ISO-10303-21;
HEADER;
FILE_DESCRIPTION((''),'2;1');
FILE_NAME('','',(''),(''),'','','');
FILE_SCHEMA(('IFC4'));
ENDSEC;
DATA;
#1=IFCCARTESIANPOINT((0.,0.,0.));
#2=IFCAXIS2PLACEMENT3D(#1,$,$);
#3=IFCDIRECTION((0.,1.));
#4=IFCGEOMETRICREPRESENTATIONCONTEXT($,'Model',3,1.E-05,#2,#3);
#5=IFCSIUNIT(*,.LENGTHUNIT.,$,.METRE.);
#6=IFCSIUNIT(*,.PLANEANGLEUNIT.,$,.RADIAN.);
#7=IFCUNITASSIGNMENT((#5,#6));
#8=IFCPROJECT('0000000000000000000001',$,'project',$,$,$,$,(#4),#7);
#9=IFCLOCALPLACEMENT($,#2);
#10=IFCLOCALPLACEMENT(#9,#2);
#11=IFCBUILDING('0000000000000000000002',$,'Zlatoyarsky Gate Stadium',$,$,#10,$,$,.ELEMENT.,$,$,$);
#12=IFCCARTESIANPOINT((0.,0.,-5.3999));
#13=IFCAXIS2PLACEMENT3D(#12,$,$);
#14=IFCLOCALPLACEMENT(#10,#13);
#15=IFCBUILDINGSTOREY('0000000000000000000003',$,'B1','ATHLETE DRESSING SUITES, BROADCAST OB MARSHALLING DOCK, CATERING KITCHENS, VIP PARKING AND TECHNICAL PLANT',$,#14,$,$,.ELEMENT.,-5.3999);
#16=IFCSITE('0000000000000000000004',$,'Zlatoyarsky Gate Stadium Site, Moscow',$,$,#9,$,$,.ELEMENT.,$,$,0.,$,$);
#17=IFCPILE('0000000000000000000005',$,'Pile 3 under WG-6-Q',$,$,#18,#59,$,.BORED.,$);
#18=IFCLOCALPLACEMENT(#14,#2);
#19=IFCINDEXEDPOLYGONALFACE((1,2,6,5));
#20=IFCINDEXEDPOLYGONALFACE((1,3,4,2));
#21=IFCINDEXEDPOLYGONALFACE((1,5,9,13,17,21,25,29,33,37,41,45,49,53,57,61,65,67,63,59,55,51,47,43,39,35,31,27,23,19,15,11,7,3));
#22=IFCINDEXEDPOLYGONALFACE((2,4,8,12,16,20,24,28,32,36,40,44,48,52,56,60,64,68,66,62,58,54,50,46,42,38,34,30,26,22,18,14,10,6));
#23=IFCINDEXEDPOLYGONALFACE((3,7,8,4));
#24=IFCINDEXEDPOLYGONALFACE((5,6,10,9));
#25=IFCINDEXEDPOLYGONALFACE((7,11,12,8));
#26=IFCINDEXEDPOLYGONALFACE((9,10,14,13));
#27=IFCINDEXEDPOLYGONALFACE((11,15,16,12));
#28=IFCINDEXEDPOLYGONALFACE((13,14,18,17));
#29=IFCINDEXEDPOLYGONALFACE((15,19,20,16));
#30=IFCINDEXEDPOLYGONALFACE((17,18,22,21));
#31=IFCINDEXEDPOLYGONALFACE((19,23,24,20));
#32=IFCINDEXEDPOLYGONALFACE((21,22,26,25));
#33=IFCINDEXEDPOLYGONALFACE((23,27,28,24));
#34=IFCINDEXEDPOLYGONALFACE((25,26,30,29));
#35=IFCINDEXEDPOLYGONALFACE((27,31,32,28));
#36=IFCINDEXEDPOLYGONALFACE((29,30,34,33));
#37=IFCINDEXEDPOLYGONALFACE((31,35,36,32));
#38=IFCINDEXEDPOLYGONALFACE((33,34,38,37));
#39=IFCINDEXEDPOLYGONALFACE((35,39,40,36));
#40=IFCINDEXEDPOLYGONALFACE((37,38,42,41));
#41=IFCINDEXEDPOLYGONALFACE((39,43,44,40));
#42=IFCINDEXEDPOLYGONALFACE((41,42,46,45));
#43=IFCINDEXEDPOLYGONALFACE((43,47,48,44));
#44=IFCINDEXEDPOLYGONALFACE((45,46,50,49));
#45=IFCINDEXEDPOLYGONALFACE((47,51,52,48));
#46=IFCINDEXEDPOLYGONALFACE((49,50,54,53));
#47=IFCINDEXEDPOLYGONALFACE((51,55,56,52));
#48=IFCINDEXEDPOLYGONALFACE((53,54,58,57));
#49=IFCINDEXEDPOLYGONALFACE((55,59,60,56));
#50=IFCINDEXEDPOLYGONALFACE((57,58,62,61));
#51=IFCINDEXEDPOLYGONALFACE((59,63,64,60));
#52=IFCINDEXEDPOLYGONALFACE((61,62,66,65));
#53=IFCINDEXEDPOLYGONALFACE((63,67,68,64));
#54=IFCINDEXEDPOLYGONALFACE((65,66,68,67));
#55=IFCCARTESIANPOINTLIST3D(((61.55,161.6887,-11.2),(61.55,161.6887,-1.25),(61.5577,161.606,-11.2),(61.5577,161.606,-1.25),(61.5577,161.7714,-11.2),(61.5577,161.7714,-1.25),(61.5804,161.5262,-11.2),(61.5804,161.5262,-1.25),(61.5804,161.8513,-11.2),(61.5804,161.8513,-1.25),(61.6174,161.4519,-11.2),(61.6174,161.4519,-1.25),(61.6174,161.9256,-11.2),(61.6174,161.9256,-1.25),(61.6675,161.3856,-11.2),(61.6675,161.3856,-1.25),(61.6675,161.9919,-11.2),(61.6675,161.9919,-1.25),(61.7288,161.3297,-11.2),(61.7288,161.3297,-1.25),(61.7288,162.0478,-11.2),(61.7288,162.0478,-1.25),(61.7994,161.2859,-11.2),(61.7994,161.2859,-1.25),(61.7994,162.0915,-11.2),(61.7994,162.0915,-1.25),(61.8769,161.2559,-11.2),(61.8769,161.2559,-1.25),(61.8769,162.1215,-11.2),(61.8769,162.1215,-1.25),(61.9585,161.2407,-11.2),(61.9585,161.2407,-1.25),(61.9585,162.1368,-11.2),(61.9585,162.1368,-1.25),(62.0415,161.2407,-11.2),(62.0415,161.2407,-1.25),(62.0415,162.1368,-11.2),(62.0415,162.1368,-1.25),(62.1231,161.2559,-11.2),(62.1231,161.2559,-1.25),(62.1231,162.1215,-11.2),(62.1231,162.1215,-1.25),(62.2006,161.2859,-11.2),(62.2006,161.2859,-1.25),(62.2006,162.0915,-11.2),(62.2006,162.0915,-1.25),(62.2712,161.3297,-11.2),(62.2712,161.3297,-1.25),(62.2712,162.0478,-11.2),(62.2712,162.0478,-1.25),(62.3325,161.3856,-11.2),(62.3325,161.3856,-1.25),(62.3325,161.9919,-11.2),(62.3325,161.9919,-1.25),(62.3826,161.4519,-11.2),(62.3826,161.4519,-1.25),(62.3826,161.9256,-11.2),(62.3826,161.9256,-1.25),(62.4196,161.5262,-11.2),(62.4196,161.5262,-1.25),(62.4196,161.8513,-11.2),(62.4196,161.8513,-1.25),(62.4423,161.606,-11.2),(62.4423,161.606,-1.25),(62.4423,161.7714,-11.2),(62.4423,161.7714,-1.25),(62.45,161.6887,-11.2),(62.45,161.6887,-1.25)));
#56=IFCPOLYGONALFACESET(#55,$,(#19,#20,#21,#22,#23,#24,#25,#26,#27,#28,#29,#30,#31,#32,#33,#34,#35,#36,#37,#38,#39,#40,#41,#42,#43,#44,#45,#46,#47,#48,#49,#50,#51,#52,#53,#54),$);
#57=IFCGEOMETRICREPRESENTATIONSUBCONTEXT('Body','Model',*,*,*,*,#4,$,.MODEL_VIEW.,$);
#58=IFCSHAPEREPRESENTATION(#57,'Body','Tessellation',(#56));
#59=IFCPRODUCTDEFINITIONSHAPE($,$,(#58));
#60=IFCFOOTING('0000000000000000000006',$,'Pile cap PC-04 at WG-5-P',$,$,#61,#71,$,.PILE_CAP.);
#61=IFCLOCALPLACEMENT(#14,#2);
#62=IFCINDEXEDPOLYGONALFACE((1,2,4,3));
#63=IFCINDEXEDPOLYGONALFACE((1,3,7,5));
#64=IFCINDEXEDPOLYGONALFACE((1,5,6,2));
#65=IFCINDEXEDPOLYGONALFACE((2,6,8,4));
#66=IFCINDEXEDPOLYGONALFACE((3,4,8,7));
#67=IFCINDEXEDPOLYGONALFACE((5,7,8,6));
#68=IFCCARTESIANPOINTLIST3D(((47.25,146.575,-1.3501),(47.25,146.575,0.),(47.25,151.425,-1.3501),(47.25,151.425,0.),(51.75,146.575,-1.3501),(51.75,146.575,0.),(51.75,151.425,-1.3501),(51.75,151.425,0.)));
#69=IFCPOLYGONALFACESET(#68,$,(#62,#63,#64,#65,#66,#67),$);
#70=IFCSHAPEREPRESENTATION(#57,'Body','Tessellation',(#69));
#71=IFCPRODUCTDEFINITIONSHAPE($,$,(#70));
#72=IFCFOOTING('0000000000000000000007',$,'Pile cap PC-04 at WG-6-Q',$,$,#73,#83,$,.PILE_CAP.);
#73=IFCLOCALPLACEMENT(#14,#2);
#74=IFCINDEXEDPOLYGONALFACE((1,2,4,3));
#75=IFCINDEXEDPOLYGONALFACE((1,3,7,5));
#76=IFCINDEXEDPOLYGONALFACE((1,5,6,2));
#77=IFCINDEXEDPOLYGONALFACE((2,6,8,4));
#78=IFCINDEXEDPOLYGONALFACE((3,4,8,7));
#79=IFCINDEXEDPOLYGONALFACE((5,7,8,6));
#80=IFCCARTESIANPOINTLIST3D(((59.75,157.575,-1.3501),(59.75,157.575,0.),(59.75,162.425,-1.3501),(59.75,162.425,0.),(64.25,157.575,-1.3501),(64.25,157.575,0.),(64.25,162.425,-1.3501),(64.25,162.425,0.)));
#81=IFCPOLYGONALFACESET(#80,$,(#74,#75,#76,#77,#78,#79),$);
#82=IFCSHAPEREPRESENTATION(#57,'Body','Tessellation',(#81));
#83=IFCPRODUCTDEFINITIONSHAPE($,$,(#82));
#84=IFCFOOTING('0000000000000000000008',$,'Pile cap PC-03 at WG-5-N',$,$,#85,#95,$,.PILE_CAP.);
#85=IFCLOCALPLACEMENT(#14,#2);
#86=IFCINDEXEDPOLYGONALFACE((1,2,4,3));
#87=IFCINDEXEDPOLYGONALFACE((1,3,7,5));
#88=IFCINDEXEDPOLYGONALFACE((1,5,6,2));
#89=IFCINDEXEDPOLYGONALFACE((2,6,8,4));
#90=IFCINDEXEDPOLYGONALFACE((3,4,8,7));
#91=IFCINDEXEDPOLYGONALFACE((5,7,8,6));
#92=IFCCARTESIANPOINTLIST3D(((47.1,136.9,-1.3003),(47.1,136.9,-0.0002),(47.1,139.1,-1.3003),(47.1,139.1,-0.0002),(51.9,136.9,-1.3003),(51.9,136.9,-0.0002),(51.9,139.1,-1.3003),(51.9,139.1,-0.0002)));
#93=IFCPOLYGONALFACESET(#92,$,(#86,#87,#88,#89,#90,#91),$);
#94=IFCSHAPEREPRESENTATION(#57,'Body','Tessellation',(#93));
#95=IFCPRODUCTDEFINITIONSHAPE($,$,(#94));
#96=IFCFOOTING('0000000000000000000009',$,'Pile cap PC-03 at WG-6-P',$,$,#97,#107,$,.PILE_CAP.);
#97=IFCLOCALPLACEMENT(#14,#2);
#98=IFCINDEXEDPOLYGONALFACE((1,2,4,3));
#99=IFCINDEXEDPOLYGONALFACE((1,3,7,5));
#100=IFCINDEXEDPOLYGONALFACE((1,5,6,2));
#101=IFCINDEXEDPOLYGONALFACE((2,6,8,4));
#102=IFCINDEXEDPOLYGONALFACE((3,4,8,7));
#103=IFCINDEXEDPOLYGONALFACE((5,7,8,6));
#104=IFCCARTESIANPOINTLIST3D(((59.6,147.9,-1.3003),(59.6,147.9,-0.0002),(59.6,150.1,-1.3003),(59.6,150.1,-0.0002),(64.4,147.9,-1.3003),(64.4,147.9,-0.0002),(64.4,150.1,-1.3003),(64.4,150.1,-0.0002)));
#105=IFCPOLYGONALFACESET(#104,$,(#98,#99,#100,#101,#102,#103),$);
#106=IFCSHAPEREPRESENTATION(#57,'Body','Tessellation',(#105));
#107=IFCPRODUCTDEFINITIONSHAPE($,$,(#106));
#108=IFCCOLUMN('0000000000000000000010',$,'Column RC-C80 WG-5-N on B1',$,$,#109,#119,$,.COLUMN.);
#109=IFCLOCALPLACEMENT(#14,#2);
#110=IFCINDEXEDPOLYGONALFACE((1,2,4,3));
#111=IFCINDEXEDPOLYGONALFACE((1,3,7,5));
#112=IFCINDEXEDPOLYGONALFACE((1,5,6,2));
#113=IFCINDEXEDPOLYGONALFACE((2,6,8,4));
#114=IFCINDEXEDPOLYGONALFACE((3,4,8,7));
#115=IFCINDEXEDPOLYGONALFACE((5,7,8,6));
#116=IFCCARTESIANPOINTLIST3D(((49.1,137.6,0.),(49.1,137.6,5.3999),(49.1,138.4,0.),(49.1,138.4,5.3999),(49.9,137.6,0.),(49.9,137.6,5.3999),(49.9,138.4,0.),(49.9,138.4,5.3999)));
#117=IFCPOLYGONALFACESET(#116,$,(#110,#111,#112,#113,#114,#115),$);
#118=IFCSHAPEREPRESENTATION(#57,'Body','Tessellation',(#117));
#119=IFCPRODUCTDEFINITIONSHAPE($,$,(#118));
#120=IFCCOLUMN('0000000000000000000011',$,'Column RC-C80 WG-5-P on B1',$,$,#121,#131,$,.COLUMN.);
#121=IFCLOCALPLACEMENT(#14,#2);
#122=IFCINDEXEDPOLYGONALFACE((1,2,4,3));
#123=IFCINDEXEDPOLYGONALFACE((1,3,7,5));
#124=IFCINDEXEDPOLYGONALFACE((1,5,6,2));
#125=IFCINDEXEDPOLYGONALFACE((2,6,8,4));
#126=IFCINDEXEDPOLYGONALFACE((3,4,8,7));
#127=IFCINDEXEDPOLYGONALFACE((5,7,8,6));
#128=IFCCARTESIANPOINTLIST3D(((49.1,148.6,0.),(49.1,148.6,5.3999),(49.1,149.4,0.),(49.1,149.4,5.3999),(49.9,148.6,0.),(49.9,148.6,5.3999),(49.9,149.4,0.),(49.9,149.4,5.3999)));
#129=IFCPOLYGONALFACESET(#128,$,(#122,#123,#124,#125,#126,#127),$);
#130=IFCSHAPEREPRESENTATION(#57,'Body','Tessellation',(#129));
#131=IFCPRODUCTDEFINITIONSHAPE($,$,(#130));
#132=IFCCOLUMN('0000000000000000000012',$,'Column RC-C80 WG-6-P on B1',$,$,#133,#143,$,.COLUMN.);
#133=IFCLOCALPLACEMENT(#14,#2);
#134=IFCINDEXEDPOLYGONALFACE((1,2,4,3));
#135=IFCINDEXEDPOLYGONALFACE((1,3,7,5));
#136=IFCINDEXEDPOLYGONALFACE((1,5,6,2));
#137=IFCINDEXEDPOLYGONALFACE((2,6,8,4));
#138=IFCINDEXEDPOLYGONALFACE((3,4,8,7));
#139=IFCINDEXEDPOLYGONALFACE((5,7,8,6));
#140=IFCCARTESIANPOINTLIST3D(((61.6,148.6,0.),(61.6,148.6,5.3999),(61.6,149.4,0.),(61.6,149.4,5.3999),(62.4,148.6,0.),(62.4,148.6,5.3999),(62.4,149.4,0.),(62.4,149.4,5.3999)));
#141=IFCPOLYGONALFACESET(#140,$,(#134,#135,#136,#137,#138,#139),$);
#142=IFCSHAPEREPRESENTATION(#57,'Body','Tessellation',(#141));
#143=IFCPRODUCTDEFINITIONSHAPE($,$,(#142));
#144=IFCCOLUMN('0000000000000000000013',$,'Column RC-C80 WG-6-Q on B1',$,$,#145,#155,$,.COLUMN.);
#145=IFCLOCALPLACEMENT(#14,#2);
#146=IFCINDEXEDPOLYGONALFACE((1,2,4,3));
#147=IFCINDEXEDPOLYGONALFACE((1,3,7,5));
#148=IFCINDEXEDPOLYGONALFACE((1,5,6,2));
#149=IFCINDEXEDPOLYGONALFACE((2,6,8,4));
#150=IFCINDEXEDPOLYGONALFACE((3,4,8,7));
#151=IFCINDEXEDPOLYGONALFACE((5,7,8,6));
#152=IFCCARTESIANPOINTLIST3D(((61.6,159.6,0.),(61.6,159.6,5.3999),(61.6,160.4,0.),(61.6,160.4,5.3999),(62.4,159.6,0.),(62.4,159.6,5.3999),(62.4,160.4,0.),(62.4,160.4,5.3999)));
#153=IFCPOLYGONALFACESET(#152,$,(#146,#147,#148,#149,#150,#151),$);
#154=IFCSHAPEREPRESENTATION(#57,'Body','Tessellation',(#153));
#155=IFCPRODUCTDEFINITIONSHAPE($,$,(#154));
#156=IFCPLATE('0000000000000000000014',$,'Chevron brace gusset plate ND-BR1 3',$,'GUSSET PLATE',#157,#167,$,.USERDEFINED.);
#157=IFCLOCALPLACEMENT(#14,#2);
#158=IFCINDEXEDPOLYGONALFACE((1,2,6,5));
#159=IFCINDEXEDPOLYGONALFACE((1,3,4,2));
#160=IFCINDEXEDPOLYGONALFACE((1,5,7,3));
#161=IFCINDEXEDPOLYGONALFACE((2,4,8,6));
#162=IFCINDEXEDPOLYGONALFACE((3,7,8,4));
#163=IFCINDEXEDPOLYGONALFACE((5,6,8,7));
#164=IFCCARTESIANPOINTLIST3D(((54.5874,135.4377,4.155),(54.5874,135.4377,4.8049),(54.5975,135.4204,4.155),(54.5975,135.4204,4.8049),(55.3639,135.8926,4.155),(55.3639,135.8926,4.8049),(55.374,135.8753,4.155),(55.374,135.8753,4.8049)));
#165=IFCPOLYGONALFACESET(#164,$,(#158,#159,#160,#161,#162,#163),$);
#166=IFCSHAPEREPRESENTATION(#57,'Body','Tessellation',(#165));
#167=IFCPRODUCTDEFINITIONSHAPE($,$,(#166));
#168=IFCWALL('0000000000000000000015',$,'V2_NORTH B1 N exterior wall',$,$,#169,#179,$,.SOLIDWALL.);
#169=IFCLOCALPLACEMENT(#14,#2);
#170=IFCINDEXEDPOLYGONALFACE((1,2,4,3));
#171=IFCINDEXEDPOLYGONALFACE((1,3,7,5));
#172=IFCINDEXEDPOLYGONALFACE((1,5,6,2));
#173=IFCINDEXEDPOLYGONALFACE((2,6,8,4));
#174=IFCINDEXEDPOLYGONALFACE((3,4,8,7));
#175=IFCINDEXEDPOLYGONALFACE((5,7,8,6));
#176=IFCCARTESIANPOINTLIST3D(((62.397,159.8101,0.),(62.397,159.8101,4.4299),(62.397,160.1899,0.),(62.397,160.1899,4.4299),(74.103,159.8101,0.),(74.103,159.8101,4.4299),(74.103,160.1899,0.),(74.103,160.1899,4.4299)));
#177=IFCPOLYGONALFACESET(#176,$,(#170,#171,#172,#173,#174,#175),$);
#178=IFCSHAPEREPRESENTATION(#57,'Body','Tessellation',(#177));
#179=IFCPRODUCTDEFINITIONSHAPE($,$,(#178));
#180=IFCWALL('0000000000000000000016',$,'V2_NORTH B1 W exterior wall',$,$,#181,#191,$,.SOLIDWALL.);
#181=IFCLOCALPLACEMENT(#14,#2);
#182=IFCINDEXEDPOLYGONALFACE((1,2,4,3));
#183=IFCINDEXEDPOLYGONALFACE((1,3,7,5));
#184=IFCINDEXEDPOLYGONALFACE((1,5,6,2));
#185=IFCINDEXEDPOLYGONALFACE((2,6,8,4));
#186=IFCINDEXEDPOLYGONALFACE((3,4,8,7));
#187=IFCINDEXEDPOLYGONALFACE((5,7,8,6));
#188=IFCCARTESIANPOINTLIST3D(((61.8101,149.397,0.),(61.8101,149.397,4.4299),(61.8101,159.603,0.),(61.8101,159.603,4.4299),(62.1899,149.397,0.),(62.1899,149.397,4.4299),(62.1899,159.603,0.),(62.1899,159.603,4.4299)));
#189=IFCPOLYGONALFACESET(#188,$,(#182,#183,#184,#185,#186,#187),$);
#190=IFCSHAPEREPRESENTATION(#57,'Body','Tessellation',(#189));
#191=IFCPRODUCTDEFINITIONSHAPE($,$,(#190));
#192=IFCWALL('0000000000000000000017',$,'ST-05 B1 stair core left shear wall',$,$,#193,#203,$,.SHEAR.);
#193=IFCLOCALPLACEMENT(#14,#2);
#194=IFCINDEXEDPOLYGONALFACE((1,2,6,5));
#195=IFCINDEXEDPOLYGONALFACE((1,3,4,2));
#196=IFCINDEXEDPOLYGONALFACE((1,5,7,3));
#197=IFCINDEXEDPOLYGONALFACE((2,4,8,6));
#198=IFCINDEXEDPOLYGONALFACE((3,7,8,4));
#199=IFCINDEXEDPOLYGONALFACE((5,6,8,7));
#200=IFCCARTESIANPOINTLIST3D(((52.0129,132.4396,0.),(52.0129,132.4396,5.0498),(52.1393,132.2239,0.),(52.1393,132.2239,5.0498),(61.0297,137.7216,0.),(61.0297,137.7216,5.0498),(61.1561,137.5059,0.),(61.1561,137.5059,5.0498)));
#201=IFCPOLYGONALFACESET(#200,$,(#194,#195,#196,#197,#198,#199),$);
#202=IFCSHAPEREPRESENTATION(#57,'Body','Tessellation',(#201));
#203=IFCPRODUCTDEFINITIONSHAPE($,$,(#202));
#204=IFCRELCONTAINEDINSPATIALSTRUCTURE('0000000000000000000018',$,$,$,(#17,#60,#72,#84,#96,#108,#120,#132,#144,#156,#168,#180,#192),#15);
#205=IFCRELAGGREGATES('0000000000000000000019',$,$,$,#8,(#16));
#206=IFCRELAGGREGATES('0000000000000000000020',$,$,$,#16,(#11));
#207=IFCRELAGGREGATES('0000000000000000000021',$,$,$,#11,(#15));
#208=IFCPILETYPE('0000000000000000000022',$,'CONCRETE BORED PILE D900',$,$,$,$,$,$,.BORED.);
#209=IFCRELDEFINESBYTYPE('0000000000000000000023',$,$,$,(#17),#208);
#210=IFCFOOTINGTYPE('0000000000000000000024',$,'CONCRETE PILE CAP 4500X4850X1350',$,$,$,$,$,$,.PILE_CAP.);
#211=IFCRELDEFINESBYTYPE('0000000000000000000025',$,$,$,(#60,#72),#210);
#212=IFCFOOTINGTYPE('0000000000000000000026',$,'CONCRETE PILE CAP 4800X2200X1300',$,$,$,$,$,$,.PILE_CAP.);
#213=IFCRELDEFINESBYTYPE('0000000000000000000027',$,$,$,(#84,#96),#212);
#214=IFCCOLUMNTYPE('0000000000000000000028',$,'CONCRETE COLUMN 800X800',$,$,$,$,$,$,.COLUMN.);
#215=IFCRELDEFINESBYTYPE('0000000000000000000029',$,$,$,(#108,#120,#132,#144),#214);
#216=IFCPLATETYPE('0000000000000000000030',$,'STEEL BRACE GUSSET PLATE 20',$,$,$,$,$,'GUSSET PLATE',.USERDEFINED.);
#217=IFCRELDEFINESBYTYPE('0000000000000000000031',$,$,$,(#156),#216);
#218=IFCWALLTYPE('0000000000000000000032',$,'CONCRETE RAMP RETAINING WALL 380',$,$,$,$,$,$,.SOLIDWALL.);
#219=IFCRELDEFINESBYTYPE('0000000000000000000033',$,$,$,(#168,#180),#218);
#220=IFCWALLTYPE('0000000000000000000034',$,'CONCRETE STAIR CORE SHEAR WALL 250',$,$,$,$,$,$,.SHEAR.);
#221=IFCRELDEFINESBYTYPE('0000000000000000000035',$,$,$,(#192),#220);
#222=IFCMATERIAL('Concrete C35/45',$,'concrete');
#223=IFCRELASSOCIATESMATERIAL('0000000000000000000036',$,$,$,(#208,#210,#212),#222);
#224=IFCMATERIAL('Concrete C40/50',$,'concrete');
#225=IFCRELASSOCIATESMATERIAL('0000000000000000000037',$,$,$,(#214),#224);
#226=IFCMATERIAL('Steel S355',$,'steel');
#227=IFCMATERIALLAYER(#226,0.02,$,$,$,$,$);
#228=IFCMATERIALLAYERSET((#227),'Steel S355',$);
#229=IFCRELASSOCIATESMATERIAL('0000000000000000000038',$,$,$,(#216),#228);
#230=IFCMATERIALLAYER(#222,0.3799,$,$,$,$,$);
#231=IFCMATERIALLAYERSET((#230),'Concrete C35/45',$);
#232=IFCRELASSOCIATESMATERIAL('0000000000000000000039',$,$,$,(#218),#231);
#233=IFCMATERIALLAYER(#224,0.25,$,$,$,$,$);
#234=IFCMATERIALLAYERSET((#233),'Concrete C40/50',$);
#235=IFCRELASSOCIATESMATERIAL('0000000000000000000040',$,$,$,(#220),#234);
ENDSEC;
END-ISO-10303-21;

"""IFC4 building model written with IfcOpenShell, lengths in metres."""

from ifc_helpers import new_model, si_unit, direction, frame, frame_2d, origin, origin_2d, place, context, subcontext, project, spatial, rectangle, circle, extrude, material, layer, layer_set, material_profile, profile_set, type_object, element, save


model = new_model("IFC4")

# Units and contexts
model_context = context("Model", 3, precision=1e-05, world=origin(), true_north=direction((0.0, 1.0)))
body_context = subcontext(model_context, "Body", "Model", "MODEL_VIEW")
ifc_project = project(units=[si_unit("LENGTHUNIT", "METRE"), si_unit("PLANEANGLEUNIT", "RADIAN")], contexts=[model_context])

# Site, building, storey
site_placement = place(None, origin())
site = spatial("IfcSite", under=ifc_project, at=site_placement, Name="Zlatoyarsky Gate Stadium Site, Moscow", CompositionType="ELEMENT", RefElevation=0.0)
building_placement = place(site_placement, origin())
building = spatial("IfcBuilding", under=site, at=building_placement, Name="Zlatoyarsky Gate Stadium", CompositionType="ELEMENT")
storey_placement = place(building_placement, frame((0.0, 0.0, -5.3999)))
storey = spatial("IfcBuildingStorey", under=building, at=storey_placement, Name="B1", Description="ATHLETE DRESSING SUITES, BROADCAST OB MARSHALLING DOCK, CATERING KITCHENS, VIP PARKING AND TECHNICAL PLANT", CompositionType="ELEMENT", Elevation=-5.3999)

# Pile
ifc_material_1 = material(Name="Concrete C35/45", Category="concrete")
ifc_material_profile_1 = material_profile(ifc_material_1, circle(Radius=0.45, at=origin_2d()), Name="BORED PILE D900")
ifc_profile_set_1 = profile_set([ifc_material_profile_1], Name="Concrete C35/45")
pile_type_1 = type_object("IfcPileType", Name="CONCRETE BORED PILE D900", PredefinedType="BORED", material=ifc_profile_set_1)
for number, where, z_axis, x_axis, name in (
    (1, (62.0, 161.6887, -1.25), (0.0, 0.0, -1.0), (1.0, 0.0, 0.0), "Pile 3 under WG-6-Q"),
):
    element("IfcPile", number, at=place(storey_placement, frame(where, z_axis=z_axis, x_axis=x_axis)), inside=storey, type_object=pile_type_1, Name=name, PredefinedType="BORED", context=body_context, shape_type="SweptSolid", body=[
        extrude(circle(Radius=0.45, at=origin_2d()), origin(), (0.0, 0.0, 1.0), 9.95),
    ])

# Footings
footing_type_1 = type_object("IfcFootingType", Name="CONCRETE PILE CAP 4500X4850X1350", PredefinedType="PILE_CAP", material=ifc_material_1)
for number, where, z_axis, x_axis, name in (
    (2, (49.5, 149.0, -1.3501), (0.0, 0.0, 1.0), (1.0, 0.0, 0.0), "Pile cap PC-04 at WG-5-P"),
    (3, (62.0, 160.0, -1.3501), (0.0, 0.0, 1.0), (1.0, 0.0, 0.0), "Pile cap PC-04 at WG-6-Q"),
):
    element("IfcFooting", number, at=place(storey_placement, frame(where, z_axis=z_axis, x_axis=x_axis)), inside=storey, type_object=footing_type_1, Name=name, PredefinedType="PILE_CAP", context=body_context, shape_type="SweptSolid", body=[
        extrude(rectangle(XDim=4.5, YDim=4.8501, at=origin_2d()), origin(), (0.0, 0.0, 1.0), 1.3501),
    ])
footing_type_2 = type_object("IfcFootingType", Name="CONCRETE PILE CAP 4800X2200X1300", PredefinedType="PILE_CAP", material=ifc_material_1)
for number, where, z_axis, x_axis, name in (
    (4, (49.5, 138.0, -1.3003), (0.0, 0.0, 1.0), (1.0, 0.0, 0.0), "Pile cap PC-03 at WG-5-N"),
    (5, (62.0, 149.0, -1.3003), (0.0, 0.0, 1.0), (1.0, 0.0, 0.0), "Pile cap PC-03 at WG-6-P"),
):
    element("IfcFooting", number, at=place(storey_placement, frame(where, z_axis=z_axis, x_axis=x_axis)), inside=storey, type_object=footing_type_2, Name=name, PredefinedType="PILE_CAP", context=body_context, shape_type="SweptSolid", body=[
        extrude(rectangle(XDim=4.8, YDim=2.2, at=origin_2d()), origin(), (0.0, 0.0, 1.0), 1.3),
    ])

# Columns
ifc_material_2 = material(Name="Concrete C40/50", Category="concrete")
ifc_material_profile_2 = material_profile(ifc_material_2, rectangle(XDim=0.8, YDim=0.8, at=origin_2d()), Name="RC COL 800X800")
ifc_profile_set_2 = profile_set([ifc_material_profile_2], Name="Concrete C40/50")
column_type = type_object("IfcColumnType", Name="CONCRETE COLUMN 800X800", PredefinedType="COLUMN", material=ifc_profile_set_2)
for number, where, z_axis, x_axis, name in (
    (6, (49.5, 138.0, 0.0), (0.0, 0.0, 1.0), (1.0, 0.0, 0.0), "Column RC-C80 WG-5-N on B1"),
    (7, (49.5, 149.0, 0.0), (0.0, 0.0, 1.0), (1.0, 0.0, 0.0), "Column RC-C80 WG-5-P on B1"),
    (8, (62.0, 149.0, 0.0), (0.0, 0.0, 1.0), (1.0, 0.0, 0.0), "Column RC-C80 WG-6-P on B1"),
    (9, (62.0, 160.0, 0.0), (0.0, 0.0, 1.0), (1.0, 0.0, 0.0), "Column RC-C80 WG-6-Q on B1"),
):
    element("IfcColumn", number, at=place(storey_placement, frame(where, z_axis=z_axis, x_axis=x_axis)), inside=storey, type_object=column_type, Name=name, PredefinedType="COLUMN", context=body_context, shape_type="SweptSolid", body=[
        extrude(rectangle(XDim=0.8, YDim=0.8, at=origin_2d()), origin(), (0.0, 0.0, 1.0), 5.3999),
    ])

# Plate
ifc_material_3 = material(Name="Steel S355", Category="steel")
ifc_layer_1 = layer(ifc_material_3, 0.02)
ifc_layer_set_1 = layer_set([ifc_layer_1], Name="Steel S355")
plate_type = type_object("IfcPlateType", Name="STEEL BRACE GUSSET PLATE 20", ElementType="GUSSET PLATE", PredefinedType="USERDEFINED", material=ifc_layer_set_1)
plate_placement = place(storey_placement, frame((54.9807, 135.6565, 4.155), z_axis=(0.0, 0.0, 1.0), x_axis=(-0.862848, -0.505464, 0.0)))
element("IfcPlate", 10, at=plate_placement, inside=storey, type_object=plate_type, Name="Chevron brace gusset plate ND-BR1 3", ObjectType="GUSSET PLATE", PredefinedType="USERDEFINED", context=body_context, shape_type="SweptSolid", body=[
    extrude(rectangle(XDim=0.8999, YDim=0.02, at=origin_2d()), origin(), (0.0, 0.0, 1.0), 0.6499),
])

# Walls
ifc_layer_2 = layer(ifc_material_1, 0.3799)
ifc_layer_set_2 = layer_set([ifc_layer_2], Name="Concrete C35/45")
wall_type_1 = type_object("IfcWallType", Name="CONCRETE RAMP RETAINING WALL 380", PredefinedType="SOLIDWALL", material=ifc_layer_set_2)
wall_1_placement = place(storey_placement, frame((62.397, 160.0, 0.0), z_axis=(0.0, 0.0, 1.0), x_axis=(1.0, 0.0, 0.0)))
element("IfcWall", 11, at=wall_1_placement, inside=storey, type_object=wall_type_1, Name="V2_NORTH B1 N exterior wall", PredefinedType="SOLIDWALL", context=body_context, shape_type="SweptSolid", body=[
    extrude(rectangle(XDim=11.7061, YDim=0.3799, at=frame_2d((5.853, 0.0))), origin(), (0.0, 0.0, 1.0), 4.4299),
])
wall_2_placement = place(storey_placement, frame((62.0, 149.397, 0.0), z_axis=(0.0, 0.0, 1.0), x_axis=(0.0, 1.0, 0.0)))
element("IfcWall", 12, at=wall_2_placement, inside=storey, type_object=wall_type_1, Name="V2_NORTH B1 W exterior wall", PredefinedType="SOLIDWALL", context=body_context, shape_type="SweptSolid", body=[
    extrude(rectangle(XDim=10.2061, YDim=0.3799, at=frame_2d((5.103, 0.0))), origin(), (0.0, 0.0, 1.0), 4.4299),
])
ifc_layer_3 = layer(ifc_material_2, 0.25)
ifc_layer_set_3 = layer_set([ifc_layer_3], Name="Concrete C40/50")
wall_type_2 = type_object("IfcWallType", Name="CONCRETE STAIR CORE SHEAR WALL 250", PredefinedType="SHEAR", material=ifc_layer_set_3)
wall_3_placement = place(storey_placement, frame((61.093, 137.6138, 0.0), z_axis=(0.0, 0.0, 1.0), x_axis=(-0.862855, -0.505452, 0.0)))
element("IfcWall", 13, at=wall_3_placement, inside=storey, type_object=wall_type_2, Name="ST-05 B1 stair core left shear wall", PredefinedType="SHEAR", context=body_context, shape_type="SweptSolid", body=[
    extrude(rectangle(XDim=10.45, YDim=0.25, at=frame_2d((5.2251, 0.0))), origin(), (0.0, 0.0, 1.0), 5.0498),
])

save(model, "model.ifc")
